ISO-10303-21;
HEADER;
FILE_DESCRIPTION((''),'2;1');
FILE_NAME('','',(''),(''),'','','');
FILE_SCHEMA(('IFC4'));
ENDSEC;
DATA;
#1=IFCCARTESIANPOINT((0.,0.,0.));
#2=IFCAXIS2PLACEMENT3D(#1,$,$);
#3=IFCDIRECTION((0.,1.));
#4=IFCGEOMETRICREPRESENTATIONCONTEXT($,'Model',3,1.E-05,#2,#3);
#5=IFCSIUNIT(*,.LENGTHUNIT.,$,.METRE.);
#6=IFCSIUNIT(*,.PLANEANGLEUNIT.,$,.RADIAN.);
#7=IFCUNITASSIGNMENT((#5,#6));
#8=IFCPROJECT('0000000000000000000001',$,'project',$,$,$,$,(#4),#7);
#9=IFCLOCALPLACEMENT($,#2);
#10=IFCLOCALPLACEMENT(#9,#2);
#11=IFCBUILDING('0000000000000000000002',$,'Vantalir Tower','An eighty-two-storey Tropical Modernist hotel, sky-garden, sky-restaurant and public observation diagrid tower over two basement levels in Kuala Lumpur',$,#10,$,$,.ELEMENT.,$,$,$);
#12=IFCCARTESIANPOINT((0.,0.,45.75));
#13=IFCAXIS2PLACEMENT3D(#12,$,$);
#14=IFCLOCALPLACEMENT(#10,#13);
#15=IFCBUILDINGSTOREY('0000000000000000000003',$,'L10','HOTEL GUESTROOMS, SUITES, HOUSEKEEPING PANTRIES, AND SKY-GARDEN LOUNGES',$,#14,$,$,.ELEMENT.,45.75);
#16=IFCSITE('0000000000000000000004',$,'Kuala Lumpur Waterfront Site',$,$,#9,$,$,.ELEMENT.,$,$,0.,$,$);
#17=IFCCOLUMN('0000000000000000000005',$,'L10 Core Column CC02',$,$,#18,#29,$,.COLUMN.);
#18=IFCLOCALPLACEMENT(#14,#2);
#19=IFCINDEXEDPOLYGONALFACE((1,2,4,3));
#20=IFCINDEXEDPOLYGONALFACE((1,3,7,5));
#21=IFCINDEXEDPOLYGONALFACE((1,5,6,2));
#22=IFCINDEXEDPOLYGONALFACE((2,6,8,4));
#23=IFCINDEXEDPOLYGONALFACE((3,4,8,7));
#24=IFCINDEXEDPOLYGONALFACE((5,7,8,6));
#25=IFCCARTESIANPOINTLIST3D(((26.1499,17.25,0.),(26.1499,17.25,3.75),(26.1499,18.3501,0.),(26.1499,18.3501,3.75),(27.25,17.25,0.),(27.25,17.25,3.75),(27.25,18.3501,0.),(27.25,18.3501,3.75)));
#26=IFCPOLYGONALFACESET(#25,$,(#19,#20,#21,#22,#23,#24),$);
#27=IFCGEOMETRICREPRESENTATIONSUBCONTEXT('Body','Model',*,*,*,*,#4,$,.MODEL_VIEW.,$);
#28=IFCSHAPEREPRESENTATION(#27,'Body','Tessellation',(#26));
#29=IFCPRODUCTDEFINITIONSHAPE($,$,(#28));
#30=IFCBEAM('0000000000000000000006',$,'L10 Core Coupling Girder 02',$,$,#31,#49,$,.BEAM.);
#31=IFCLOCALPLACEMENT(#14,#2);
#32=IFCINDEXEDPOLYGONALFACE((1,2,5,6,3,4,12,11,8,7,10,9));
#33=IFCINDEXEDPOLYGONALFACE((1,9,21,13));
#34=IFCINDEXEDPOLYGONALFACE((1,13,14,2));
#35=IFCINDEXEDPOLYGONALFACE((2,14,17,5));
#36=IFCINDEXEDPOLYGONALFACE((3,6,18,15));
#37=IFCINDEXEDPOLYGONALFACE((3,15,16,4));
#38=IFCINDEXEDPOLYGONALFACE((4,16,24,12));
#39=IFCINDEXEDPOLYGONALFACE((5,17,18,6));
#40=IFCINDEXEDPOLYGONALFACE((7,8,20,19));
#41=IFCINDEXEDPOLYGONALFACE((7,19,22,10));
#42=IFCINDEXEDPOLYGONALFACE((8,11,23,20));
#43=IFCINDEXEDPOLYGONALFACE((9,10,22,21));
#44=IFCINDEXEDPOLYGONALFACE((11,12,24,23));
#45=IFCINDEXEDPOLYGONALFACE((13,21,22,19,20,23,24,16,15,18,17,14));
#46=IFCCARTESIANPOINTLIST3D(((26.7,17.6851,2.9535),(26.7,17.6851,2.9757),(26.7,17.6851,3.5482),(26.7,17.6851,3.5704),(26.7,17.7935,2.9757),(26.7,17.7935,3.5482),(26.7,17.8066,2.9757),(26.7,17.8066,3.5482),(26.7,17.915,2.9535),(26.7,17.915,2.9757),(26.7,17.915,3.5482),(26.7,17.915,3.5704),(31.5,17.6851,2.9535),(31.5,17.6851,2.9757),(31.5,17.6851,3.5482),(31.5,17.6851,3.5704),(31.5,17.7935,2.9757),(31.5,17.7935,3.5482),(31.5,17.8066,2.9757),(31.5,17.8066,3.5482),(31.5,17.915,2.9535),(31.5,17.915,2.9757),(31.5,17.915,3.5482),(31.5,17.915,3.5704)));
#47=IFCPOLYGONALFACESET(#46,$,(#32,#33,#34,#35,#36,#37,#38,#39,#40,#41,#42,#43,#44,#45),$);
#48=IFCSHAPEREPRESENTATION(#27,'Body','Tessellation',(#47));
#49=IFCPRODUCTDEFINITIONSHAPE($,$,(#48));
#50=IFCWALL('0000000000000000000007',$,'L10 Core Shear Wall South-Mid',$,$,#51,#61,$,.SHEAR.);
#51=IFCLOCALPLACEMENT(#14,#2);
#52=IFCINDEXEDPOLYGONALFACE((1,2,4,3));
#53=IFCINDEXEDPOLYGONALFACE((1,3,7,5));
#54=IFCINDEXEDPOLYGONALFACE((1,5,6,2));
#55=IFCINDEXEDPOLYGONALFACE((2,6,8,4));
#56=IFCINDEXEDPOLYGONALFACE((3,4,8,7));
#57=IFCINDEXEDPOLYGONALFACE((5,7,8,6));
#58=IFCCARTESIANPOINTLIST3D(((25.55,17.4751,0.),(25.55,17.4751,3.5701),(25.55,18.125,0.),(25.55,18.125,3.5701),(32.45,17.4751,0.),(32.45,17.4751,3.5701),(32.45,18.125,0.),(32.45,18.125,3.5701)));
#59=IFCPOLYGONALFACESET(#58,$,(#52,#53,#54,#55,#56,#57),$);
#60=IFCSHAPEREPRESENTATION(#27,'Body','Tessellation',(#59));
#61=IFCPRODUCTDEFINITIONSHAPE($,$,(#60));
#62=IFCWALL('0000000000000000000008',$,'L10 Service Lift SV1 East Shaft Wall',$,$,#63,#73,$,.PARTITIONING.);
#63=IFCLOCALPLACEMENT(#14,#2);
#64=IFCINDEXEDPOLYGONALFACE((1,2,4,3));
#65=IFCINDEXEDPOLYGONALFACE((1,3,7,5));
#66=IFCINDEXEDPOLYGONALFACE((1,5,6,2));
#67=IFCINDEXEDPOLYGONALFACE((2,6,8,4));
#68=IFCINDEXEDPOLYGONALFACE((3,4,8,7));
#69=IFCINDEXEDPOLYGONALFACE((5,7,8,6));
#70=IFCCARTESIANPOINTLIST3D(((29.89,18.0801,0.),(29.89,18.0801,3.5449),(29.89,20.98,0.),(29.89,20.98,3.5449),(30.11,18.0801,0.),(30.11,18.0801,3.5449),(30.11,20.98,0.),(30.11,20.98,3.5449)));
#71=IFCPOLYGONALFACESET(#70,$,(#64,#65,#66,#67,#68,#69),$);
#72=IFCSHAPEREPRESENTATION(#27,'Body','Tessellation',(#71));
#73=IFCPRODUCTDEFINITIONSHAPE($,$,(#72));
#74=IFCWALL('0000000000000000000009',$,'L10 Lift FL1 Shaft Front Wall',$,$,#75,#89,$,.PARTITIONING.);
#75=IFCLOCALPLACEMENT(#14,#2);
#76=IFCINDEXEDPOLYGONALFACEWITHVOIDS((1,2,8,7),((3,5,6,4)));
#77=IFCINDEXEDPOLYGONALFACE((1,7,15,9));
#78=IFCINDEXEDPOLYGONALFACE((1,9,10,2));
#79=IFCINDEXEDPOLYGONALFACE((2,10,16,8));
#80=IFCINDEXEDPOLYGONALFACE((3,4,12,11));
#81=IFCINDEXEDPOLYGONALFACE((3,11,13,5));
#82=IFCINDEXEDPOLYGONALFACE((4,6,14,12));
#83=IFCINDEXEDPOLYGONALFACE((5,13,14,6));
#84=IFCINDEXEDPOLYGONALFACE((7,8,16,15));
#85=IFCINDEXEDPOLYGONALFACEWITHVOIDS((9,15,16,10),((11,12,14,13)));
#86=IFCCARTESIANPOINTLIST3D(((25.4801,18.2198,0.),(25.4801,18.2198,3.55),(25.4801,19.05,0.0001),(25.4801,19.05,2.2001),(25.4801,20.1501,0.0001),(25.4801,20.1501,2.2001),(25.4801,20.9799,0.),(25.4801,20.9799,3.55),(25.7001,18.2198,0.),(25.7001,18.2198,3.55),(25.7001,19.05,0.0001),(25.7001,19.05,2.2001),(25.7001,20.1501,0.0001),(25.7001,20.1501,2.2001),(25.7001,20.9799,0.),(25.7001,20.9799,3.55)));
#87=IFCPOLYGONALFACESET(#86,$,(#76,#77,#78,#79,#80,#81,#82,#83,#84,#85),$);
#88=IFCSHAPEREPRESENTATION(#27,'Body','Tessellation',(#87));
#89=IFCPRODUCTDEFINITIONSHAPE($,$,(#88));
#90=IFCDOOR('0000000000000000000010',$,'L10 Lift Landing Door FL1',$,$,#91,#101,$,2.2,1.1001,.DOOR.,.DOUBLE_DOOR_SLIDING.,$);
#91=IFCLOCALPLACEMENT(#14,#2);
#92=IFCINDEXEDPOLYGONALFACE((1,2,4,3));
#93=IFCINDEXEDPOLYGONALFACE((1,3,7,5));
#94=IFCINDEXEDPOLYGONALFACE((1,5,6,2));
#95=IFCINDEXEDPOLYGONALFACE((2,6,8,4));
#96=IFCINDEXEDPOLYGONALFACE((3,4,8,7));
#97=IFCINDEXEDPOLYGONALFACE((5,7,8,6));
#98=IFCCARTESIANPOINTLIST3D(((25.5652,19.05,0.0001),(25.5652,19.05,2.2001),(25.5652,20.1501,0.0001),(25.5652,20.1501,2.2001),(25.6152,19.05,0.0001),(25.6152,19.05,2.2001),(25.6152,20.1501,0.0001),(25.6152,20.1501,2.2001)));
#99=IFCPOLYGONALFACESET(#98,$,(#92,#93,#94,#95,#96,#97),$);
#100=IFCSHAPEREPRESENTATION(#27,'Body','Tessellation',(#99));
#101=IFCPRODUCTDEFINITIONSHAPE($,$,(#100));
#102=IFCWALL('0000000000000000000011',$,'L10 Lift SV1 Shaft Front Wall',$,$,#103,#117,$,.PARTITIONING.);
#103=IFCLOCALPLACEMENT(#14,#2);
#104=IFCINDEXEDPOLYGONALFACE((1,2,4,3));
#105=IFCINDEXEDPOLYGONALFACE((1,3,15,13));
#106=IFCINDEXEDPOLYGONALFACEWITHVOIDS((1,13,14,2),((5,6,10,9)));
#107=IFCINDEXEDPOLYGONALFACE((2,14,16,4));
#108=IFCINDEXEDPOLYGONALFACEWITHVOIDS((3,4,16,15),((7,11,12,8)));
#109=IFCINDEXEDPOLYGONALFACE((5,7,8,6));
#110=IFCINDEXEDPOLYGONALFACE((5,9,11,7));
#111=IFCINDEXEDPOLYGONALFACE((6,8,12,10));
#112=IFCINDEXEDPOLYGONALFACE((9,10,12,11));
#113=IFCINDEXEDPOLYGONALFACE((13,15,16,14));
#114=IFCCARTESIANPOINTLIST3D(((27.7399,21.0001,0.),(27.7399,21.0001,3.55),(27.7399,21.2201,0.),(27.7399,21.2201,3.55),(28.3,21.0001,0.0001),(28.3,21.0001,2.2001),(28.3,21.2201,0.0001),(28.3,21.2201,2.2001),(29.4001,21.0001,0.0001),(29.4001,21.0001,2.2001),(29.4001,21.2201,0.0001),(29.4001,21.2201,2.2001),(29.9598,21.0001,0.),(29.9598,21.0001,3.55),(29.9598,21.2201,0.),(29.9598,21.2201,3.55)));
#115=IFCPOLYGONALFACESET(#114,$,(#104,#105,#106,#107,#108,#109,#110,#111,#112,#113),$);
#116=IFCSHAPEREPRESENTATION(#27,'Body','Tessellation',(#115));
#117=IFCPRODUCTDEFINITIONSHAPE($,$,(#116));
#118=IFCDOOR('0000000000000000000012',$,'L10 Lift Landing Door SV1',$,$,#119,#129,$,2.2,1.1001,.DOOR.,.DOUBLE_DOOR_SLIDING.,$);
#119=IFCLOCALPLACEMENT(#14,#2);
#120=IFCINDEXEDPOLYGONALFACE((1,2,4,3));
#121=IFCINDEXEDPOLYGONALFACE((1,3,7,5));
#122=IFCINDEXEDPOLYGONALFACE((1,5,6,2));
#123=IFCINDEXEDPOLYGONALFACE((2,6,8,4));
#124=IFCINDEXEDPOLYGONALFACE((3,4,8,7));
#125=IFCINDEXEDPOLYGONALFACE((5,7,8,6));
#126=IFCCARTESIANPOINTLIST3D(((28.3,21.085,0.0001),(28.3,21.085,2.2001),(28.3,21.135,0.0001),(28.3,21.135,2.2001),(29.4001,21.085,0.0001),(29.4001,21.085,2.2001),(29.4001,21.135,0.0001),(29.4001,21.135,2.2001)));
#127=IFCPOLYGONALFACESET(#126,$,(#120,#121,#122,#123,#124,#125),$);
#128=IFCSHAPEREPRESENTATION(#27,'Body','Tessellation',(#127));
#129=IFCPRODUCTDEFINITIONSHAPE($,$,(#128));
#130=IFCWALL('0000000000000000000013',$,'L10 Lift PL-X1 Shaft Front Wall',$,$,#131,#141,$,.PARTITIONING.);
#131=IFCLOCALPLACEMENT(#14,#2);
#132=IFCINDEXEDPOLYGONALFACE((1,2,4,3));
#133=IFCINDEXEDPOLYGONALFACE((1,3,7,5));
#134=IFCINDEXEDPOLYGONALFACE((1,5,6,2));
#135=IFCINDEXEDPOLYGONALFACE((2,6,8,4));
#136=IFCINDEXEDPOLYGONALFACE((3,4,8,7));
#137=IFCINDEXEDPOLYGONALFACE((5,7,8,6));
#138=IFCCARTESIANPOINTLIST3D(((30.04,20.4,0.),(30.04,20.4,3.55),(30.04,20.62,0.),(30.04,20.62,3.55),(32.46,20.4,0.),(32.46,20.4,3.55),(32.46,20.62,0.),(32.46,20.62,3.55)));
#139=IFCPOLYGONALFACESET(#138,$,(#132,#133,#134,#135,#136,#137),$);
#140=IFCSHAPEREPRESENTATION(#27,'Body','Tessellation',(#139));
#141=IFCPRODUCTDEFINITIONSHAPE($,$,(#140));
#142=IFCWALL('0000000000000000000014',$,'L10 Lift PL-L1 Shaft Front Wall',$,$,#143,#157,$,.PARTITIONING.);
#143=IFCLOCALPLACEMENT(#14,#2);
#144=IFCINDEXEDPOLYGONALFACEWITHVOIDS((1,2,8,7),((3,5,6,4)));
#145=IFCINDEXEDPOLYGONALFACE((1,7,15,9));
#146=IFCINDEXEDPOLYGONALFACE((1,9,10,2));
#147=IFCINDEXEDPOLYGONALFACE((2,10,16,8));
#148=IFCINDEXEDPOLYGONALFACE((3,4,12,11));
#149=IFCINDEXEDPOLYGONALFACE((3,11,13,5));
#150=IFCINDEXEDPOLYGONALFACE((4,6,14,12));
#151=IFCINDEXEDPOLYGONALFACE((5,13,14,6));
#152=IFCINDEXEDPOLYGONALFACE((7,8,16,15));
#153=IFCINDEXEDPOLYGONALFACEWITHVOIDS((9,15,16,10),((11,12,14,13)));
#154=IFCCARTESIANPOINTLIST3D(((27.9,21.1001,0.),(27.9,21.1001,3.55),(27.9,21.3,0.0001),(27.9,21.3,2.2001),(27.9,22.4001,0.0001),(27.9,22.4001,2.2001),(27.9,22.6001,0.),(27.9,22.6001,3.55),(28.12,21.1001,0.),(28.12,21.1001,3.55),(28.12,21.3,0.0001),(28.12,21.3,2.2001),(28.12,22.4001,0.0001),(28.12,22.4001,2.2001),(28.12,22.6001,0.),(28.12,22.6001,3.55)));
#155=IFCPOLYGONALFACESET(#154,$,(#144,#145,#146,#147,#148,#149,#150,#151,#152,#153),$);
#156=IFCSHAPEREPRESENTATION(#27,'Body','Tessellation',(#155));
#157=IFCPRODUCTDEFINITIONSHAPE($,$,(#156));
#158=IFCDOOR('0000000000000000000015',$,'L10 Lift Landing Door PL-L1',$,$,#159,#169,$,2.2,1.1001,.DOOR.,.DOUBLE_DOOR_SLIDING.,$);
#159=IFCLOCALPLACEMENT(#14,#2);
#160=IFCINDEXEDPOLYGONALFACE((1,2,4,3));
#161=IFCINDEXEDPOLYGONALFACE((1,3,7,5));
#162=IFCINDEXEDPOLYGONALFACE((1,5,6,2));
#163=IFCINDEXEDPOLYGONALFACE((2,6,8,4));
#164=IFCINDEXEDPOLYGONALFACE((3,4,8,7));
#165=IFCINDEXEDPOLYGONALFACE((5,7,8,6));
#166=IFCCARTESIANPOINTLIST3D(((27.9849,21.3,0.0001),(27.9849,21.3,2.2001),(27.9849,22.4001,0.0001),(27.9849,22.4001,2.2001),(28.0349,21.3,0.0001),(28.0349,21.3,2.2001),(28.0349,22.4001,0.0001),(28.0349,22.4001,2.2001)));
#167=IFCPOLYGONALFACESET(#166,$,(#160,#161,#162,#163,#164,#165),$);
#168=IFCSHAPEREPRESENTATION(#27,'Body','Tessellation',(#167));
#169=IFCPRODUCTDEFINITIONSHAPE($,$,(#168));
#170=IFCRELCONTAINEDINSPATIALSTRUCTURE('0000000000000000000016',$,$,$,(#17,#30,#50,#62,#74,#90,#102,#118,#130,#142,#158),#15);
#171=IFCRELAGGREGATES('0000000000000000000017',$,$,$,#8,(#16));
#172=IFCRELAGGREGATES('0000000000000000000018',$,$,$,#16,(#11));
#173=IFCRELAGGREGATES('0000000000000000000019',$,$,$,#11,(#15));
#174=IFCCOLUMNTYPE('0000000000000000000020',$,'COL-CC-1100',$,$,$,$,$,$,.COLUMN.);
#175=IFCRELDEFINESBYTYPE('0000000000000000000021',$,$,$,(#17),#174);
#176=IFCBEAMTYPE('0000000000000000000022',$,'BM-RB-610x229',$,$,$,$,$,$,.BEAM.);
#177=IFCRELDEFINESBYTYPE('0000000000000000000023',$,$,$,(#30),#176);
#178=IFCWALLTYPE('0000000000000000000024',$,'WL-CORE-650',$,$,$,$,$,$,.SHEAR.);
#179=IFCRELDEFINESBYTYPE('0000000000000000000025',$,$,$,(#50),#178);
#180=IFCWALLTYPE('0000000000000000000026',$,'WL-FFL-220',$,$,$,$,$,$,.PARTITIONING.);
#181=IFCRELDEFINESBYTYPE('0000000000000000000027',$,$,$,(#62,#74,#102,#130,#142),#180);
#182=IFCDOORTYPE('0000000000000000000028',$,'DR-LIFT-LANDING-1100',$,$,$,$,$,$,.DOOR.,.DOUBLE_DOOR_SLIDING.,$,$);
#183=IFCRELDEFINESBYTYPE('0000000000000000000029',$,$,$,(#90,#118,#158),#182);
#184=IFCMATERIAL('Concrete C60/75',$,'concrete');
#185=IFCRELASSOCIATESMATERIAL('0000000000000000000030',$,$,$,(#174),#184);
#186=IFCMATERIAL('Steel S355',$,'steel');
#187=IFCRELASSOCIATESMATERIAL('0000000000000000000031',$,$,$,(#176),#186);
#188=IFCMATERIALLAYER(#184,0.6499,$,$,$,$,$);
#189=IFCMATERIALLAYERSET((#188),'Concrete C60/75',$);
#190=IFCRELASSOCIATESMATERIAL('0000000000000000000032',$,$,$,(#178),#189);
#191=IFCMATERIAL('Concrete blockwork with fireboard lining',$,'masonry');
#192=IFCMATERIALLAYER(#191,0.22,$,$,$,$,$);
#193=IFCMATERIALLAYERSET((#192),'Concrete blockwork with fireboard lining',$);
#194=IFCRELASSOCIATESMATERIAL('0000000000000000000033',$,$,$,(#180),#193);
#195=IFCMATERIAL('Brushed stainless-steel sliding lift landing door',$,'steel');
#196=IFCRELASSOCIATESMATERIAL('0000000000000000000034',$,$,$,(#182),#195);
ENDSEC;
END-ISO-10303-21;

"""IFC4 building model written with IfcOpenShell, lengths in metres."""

from ifc_helpers import new_model, si_unit, direction, frame, frame_2d, origin, origin_2d, place, context, subcontext, project, spatial, rectangle, i_section, extrude, material, layer, layer_set, material_profile, profile_set, type_object, element, fill, save


model = new_model("IFC4")

# Units and contexts
model_context = context("Model", 3, precision=1e-05, world=origin(), true_north=direction((0.0, 1.0)))
body_context = subcontext(model_context, "Body", "Model", "MODEL_VIEW")
ifc_project = project(units=[si_unit("LENGTHUNIT", "METRE"), si_unit("PLANEANGLEUNIT", "RADIAN")], contexts=[model_context])

# Site, building, storey
site_placement = place(None, origin())
site = spatial("IfcSite", under=ifc_project, at=site_placement, Name="Kuala Lumpur Waterfront Site", CompositionType="ELEMENT", RefElevation=0.0)
building_placement = place(site_placement, origin())
building = spatial("IfcBuilding", under=site, at=building_placement, Name="Vantalir Tower", Description="An eighty-two-storey Tropical Modernist hotel, sky-garden, sky-restaurant and public observation diagrid tower over two basement levels in Kuala Lumpur", CompositionType="ELEMENT")
storey_placement = place(building_placement, frame((0.0, 0.0, 45.75)))
storey = spatial("IfcBuildingStorey", under=building, at=storey_placement, Name="L10", Description="HOTEL GUESTROOMS, SUITES, HOUSEKEEPING PANTRIES, AND SKY-GARDEN LOUNGES", CompositionType="ELEMENT", Elevation=45.75)

# Column
ifc_material_1 = material(Name="Concrete C60/75", Category="concrete")
ifc_material_profile_1 = material_profile(ifc_material_1, rectangle(XDim=1.1001, YDim=1.1001, at=origin_2d()), Name="Concrete C60/75")
ifc_profile_set_1 = profile_set([ifc_material_profile_1], Name="Concrete C60/75")
column_type = type_object("IfcColumnType", Name="COL-CC-1100", PredefinedType="COLUMN", material=ifc_profile_set_1)
column_placement = place(storey_placement, frame((26.7, 17.8, 0.0), z_axis=(0.0, 0.0, 1.0), x_axis=(1.0, 0.0, 0.0)))
element("IfcColumn", 1, at=column_placement, inside=storey, type_object=column_type, Name="L10 Core Column CC02", PredefinedType="COLUMN", context=body_context, shape_type="SweptSolid", body=[
    extrude(rectangle(XDim=1.1001, YDim=1.1001, at=origin_2d()), origin(), (0.0, 0.0, 1.0), 3.75),
])

# Beam
ifc_material_2 = material(Name="Steel S355", Category="steel")
ifc_material_profile_2 = material_profile(ifc_material_2, i_section(OverallWidth=0.23, OverallDepth=0.6169, WebThickness=0.0132, FlangeThickness=0.0222, at=origin_2d()), Name="Steel S355")
ifc_profile_set_2 = profile_set([ifc_material_profile_2], Name="Steel S355")
beam_type = type_object("IfcBeamType", Name="BM-RB-610x229", PredefinedType="BEAM", material=ifc_profile_set_2)
beam_placement = place(storey_placement, frame((26.7, 17.8, 3.262), z_axis=(1.0, 0.0, 0.0), x_axis=(0.0, 1.0, 0.0)))
element("IfcBeam", 2, at=beam_placement, inside=storey, type_object=beam_type, Name="L10 Core Coupling Girder 02", PredefinedType="BEAM", context=body_context, shape_type="SweptSolid", body=[
    extrude(i_section(OverallWidth=0.23, OverallDepth=0.6169, WebThickness=0.0132, FlangeThickness=0.0222, at=origin_2d()), origin(), (0.0, 0.0, 1.0), 4.8),
])

# Walls
ifc_layer_1 = layer(ifc_material_1, 0.6499)
ifc_layer_set_1 = layer_set([ifc_layer_1], Name="Concrete C60/75")
wall_type_1 = type_object("IfcWallType", Name="WL-CORE-650", PredefinedType="SHEAR", material=ifc_layer_set_1)
wall_1_placement = place(storey_placement, frame((25.55, 17.8, 0.0), z_axis=(0.0, 0.0, 1.0), x_axis=(1.0, 0.0, 0.0)))
element("IfcWall", 3, at=wall_1_placement, inside=storey, type_object=wall_type_1, Name="L10 Core Shear Wall South-Mid", PredefinedType="SHEAR", context=body_context, shape_type="SweptSolid", body=[
    extrude(rectangle(XDim=6.8999, YDim=0.6499, at=frame_2d((3.45, 0.0))), origin(), (0.0, 0.0, 1.0), 3.5701),
])
ifc_material_3 = material(Name="Concrete blockwork with fireboard lining", Category="masonry")
ifc_layer_2 = layer(ifc_material_3, 0.22)
ifc_layer_set_2 = layer_set([ifc_layer_2], Name="Concrete blockwork with fireboard lining")
wall_type_2 = type_object("IfcWallType", Name="WL-FFL-220", PredefinedType="PARTITIONING", material=ifc_layer_set_2)
wall_2_placement = place(storey_placement, frame((30.0, 18.0801, 0.0), z_axis=(0.0, 0.0, 1.0), x_axis=(0.0, 1.0, 0.0)))
element("IfcWall", 4, at=wall_2_placement, inside=storey, type_object=wall_type_2, Name="L10 Service Lift SV1 East Shaft Wall", PredefinedType="PARTITIONING", context=body_context, shape_type="SweptSolid", body=[
    extrude(rectangle(XDim=2.8999, YDim=0.22, at=frame_2d((1.45, 0.0))), origin(), (0.0, 0.0, 1.0), 3.5449),
])

# Walls, openings, doors
wall_3_placement = place(storey_placement, frame((25.5901, 18.22, 0.0), z_axis=(0.0, 0.0, 1.0), x_axis=(0.0, 1.0, 0.0)))
wall_3 = element("IfcWall", 5, at=wall_3_placement, inside=storey, type_object=wall_type_2, Name="L10 Lift FL1 Shaft Front Wall", PredefinedType="PARTITIONING", context=body_context, shape_type="SweptSolid", body=[
    extrude(rectangle(XDim=2.76, YDim=0.22, at=frame_2d((1.3799, 0.0))), origin(), (0.0, 0.0, 1.0), 3.55),
])
opening_1_placement = place(wall_3_placement, frame((0.8301, 0.0, 0.0)))
opening_1 = element("IfcOpeningElement", 6, at=opening_1_placement, cuts=wall_3, PredefinedType="OPENING", context=body_context, shape_type="SweptSolid", body=[
    extrude(rectangle(XDim=1.1001, YDim=2.2, at=frame_2d((0.55, 1.1001))), frame((0.0, 0.1199, 0.0), z_axis=(0.0, -1.0, 0.0), x_axis=(1.0, 0.0, 0.0)), (0.0, 0.0, 1.0), 0.24),
])
ifc_material_4 = material(Name="Brushed stainless-steel sliding lift landing door", Category="steel")
door_type = type_object("IfcDoorType", Name="DR-LIFT-LANDING-1100", OperationType="DOUBLE_DOOR_SLIDING", PredefinedType="DOOR", material=ifc_material_4)
door_1_placement = place(opening_1_placement, origin())
door_1 = element("IfcDoor", 7, at=door_1_placement, inside=storey, type_object=door_type, Name="L10 Lift Landing Door FL1", OperationType="DOUBLE_DOOR_SLIDING", OverallHeight=2.2, OverallWidth=1.1001, PredefinedType="DOOR", context=body_context, shape_type="SweptSolid", body=[
    extrude(rectangle(XDim=1.1001, YDim=2.2, at=frame_2d((0.55, 1.1001))), frame((0.0, 0.0249, 0.0), z_axis=(0.0, -1.0, 0.0), x_axis=(1.0, 0.0, 0.0)), (0.0, 0.0, 1.0), 0.05),
])
fill(opening_1, door_1)
wall_4_placement = place(storey_placement, frame((27.74, 21.1101, 0.0), z_axis=(0.0, 0.0, 1.0), x_axis=(1.0, 0.0, 0.0)))
wall_4 = element("IfcWall", 8, at=wall_4_placement, inside=storey, type_object=wall_type_2, Name="L10 Lift SV1 Shaft Front Wall", PredefinedType="PARTITIONING", context=body_context, shape_type="SweptSolid", body=[
    extrude(rectangle(XDim=2.22, YDim=0.22, at=frame_2d((1.1099, 0.0))), origin(), (0.0, 0.0, 1.0), 3.55),
])
opening_2_placement = place(wall_4_placement, frame((0.5601, 0.0, 0.0)))
opening_2 = element("IfcOpeningElement", 9, at=opening_2_placement, cuts=wall_4, PredefinedType="OPENING", context=body_context, shape_type="SweptSolid", body=[
    extrude(rectangle(XDim=1.1001, YDim=2.2, at=frame_2d((0.55, 1.1001))), frame((0.0, 0.1199, 0.0), z_axis=(0.0, -1.0, 0.0), x_axis=(1.0, 0.0, 0.0)), (0.0, 0.0, 1.0), 0.24),
])
door_2_placement = place(opening_2_placement, origin())
door_2 = element("IfcDoor", 10, at=door_2_placement, inside=storey, type_object=door_type, Name="L10 Lift Landing Door SV1", OperationType="DOUBLE_DOOR_SLIDING", OverallHeight=2.2, OverallWidth=1.1001, PredefinedType="DOOR", context=body_context, shape_type="SweptSolid", body=[
    extrude(rectangle(XDim=1.1001, YDim=2.2, at=frame_2d((0.55, 1.1001))), frame((0.0, 0.0249, 0.0), z_axis=(0.0, -1.0, 0.0), x_axis=(1.0, 0.0, 0.0)), (0.0, 0.0, 1.0), 0.05),
])
fill(opening_2, door_2)

# Wall
wall_5_placement = place(storey_placement, frame((30.04, 20.51, 0.0), z_axis=(0.0, 0.0, 1.0), x_axis=(1.0, 0.0, 0.0)))
element("IfcWall", 11, at=wall_5_placement, inside=storey, type_object=wall_type_2, Name="L10 Lift PL-X1 Shaft Front Wall", PredefinedType="PARTITIONING", context=body_context, shape_type="SweptSolid", body=[
    extrude(rectangle(XDim=2.4199, YDim=0.22, at=frame_2d((1.21, 0.0))), origin(), (0.0, 0.0, 1.0), 3.55),
])

# Wall, opening, door
wall_6_placement = place(storey_placement, frame((28.01, 21.1001, 0.0), z_axis=(0.0, 0.0, 1.0), x_axis=(0.0, 1.0, 0.0)))
wall_6 = element("IfcWall", 12, at=wall_6_placement, inside=storey, type_object=wall_type_2, Name="L10 Lift PL-L1 Shaft Front Wall", PredefinedType="PARTITIONING", context=body_context, shape_type="SweptSolid", body=[
    extrude(rectangle(XDim=1.5, YDim=0.22, at=frame_2d((0.75, 0.0))), origin(), (0.0, 0.0, 1.0), 3.55),
])
opening_3_placement = place(wall_6_placement, frame((0.2, 0.0, 0.0)))
opening_3 = element("IfcOpeningElement", 13, at=opening_3_placement, cuts=wall_6, PredefinedType="OPENING", context=body_context, shape_type="SweptSolid", body=[
    extrude(rectangle(XDim=1.1001, YDim=2.2, at=frame_2d((0.55, 1.1001))), frame((0.0, 0.1199, 0.0), z_axis=(0.0, -1.0, 0.0), x_axis=(1.0, 0.0, 0.0)), (0.0, 0.0, 1.0), 0.24),
])
door_3_placement = place(opening_3_placement, frame((1.1001, 0.0, 0.0), z_axis=(0.0, 0.0, 1.0), x_axis=(-1.0, 0.0, 0.0)))
door_3 = element("IfcDoor", 14, at=door_3_placement, inside=storey, type_object=door_type, Name="L10 Lift Landing Door PL-L1", OperationType="DOUBLE_DOOR_SLIDING", OverallHeight=2.2, OverallWidth=1.1001, PredefinedType="DOOR", context=body_context, shape_type="SweptSolid", body=[
    extrude(rectangle(XDim=1.1001, YDim=2.2, at=frame_2d((0.55, 1.1001))), frame((0.0, 0.0249, 0.0), z_axis=(0.0, -1.0, 0.0), x_axis=(1.0, 0.0, 0.0)), (0.0, 0.0, 1.0), 0.05),
])
fill(opening_3, door_3)

save(model, "model.ifc")
